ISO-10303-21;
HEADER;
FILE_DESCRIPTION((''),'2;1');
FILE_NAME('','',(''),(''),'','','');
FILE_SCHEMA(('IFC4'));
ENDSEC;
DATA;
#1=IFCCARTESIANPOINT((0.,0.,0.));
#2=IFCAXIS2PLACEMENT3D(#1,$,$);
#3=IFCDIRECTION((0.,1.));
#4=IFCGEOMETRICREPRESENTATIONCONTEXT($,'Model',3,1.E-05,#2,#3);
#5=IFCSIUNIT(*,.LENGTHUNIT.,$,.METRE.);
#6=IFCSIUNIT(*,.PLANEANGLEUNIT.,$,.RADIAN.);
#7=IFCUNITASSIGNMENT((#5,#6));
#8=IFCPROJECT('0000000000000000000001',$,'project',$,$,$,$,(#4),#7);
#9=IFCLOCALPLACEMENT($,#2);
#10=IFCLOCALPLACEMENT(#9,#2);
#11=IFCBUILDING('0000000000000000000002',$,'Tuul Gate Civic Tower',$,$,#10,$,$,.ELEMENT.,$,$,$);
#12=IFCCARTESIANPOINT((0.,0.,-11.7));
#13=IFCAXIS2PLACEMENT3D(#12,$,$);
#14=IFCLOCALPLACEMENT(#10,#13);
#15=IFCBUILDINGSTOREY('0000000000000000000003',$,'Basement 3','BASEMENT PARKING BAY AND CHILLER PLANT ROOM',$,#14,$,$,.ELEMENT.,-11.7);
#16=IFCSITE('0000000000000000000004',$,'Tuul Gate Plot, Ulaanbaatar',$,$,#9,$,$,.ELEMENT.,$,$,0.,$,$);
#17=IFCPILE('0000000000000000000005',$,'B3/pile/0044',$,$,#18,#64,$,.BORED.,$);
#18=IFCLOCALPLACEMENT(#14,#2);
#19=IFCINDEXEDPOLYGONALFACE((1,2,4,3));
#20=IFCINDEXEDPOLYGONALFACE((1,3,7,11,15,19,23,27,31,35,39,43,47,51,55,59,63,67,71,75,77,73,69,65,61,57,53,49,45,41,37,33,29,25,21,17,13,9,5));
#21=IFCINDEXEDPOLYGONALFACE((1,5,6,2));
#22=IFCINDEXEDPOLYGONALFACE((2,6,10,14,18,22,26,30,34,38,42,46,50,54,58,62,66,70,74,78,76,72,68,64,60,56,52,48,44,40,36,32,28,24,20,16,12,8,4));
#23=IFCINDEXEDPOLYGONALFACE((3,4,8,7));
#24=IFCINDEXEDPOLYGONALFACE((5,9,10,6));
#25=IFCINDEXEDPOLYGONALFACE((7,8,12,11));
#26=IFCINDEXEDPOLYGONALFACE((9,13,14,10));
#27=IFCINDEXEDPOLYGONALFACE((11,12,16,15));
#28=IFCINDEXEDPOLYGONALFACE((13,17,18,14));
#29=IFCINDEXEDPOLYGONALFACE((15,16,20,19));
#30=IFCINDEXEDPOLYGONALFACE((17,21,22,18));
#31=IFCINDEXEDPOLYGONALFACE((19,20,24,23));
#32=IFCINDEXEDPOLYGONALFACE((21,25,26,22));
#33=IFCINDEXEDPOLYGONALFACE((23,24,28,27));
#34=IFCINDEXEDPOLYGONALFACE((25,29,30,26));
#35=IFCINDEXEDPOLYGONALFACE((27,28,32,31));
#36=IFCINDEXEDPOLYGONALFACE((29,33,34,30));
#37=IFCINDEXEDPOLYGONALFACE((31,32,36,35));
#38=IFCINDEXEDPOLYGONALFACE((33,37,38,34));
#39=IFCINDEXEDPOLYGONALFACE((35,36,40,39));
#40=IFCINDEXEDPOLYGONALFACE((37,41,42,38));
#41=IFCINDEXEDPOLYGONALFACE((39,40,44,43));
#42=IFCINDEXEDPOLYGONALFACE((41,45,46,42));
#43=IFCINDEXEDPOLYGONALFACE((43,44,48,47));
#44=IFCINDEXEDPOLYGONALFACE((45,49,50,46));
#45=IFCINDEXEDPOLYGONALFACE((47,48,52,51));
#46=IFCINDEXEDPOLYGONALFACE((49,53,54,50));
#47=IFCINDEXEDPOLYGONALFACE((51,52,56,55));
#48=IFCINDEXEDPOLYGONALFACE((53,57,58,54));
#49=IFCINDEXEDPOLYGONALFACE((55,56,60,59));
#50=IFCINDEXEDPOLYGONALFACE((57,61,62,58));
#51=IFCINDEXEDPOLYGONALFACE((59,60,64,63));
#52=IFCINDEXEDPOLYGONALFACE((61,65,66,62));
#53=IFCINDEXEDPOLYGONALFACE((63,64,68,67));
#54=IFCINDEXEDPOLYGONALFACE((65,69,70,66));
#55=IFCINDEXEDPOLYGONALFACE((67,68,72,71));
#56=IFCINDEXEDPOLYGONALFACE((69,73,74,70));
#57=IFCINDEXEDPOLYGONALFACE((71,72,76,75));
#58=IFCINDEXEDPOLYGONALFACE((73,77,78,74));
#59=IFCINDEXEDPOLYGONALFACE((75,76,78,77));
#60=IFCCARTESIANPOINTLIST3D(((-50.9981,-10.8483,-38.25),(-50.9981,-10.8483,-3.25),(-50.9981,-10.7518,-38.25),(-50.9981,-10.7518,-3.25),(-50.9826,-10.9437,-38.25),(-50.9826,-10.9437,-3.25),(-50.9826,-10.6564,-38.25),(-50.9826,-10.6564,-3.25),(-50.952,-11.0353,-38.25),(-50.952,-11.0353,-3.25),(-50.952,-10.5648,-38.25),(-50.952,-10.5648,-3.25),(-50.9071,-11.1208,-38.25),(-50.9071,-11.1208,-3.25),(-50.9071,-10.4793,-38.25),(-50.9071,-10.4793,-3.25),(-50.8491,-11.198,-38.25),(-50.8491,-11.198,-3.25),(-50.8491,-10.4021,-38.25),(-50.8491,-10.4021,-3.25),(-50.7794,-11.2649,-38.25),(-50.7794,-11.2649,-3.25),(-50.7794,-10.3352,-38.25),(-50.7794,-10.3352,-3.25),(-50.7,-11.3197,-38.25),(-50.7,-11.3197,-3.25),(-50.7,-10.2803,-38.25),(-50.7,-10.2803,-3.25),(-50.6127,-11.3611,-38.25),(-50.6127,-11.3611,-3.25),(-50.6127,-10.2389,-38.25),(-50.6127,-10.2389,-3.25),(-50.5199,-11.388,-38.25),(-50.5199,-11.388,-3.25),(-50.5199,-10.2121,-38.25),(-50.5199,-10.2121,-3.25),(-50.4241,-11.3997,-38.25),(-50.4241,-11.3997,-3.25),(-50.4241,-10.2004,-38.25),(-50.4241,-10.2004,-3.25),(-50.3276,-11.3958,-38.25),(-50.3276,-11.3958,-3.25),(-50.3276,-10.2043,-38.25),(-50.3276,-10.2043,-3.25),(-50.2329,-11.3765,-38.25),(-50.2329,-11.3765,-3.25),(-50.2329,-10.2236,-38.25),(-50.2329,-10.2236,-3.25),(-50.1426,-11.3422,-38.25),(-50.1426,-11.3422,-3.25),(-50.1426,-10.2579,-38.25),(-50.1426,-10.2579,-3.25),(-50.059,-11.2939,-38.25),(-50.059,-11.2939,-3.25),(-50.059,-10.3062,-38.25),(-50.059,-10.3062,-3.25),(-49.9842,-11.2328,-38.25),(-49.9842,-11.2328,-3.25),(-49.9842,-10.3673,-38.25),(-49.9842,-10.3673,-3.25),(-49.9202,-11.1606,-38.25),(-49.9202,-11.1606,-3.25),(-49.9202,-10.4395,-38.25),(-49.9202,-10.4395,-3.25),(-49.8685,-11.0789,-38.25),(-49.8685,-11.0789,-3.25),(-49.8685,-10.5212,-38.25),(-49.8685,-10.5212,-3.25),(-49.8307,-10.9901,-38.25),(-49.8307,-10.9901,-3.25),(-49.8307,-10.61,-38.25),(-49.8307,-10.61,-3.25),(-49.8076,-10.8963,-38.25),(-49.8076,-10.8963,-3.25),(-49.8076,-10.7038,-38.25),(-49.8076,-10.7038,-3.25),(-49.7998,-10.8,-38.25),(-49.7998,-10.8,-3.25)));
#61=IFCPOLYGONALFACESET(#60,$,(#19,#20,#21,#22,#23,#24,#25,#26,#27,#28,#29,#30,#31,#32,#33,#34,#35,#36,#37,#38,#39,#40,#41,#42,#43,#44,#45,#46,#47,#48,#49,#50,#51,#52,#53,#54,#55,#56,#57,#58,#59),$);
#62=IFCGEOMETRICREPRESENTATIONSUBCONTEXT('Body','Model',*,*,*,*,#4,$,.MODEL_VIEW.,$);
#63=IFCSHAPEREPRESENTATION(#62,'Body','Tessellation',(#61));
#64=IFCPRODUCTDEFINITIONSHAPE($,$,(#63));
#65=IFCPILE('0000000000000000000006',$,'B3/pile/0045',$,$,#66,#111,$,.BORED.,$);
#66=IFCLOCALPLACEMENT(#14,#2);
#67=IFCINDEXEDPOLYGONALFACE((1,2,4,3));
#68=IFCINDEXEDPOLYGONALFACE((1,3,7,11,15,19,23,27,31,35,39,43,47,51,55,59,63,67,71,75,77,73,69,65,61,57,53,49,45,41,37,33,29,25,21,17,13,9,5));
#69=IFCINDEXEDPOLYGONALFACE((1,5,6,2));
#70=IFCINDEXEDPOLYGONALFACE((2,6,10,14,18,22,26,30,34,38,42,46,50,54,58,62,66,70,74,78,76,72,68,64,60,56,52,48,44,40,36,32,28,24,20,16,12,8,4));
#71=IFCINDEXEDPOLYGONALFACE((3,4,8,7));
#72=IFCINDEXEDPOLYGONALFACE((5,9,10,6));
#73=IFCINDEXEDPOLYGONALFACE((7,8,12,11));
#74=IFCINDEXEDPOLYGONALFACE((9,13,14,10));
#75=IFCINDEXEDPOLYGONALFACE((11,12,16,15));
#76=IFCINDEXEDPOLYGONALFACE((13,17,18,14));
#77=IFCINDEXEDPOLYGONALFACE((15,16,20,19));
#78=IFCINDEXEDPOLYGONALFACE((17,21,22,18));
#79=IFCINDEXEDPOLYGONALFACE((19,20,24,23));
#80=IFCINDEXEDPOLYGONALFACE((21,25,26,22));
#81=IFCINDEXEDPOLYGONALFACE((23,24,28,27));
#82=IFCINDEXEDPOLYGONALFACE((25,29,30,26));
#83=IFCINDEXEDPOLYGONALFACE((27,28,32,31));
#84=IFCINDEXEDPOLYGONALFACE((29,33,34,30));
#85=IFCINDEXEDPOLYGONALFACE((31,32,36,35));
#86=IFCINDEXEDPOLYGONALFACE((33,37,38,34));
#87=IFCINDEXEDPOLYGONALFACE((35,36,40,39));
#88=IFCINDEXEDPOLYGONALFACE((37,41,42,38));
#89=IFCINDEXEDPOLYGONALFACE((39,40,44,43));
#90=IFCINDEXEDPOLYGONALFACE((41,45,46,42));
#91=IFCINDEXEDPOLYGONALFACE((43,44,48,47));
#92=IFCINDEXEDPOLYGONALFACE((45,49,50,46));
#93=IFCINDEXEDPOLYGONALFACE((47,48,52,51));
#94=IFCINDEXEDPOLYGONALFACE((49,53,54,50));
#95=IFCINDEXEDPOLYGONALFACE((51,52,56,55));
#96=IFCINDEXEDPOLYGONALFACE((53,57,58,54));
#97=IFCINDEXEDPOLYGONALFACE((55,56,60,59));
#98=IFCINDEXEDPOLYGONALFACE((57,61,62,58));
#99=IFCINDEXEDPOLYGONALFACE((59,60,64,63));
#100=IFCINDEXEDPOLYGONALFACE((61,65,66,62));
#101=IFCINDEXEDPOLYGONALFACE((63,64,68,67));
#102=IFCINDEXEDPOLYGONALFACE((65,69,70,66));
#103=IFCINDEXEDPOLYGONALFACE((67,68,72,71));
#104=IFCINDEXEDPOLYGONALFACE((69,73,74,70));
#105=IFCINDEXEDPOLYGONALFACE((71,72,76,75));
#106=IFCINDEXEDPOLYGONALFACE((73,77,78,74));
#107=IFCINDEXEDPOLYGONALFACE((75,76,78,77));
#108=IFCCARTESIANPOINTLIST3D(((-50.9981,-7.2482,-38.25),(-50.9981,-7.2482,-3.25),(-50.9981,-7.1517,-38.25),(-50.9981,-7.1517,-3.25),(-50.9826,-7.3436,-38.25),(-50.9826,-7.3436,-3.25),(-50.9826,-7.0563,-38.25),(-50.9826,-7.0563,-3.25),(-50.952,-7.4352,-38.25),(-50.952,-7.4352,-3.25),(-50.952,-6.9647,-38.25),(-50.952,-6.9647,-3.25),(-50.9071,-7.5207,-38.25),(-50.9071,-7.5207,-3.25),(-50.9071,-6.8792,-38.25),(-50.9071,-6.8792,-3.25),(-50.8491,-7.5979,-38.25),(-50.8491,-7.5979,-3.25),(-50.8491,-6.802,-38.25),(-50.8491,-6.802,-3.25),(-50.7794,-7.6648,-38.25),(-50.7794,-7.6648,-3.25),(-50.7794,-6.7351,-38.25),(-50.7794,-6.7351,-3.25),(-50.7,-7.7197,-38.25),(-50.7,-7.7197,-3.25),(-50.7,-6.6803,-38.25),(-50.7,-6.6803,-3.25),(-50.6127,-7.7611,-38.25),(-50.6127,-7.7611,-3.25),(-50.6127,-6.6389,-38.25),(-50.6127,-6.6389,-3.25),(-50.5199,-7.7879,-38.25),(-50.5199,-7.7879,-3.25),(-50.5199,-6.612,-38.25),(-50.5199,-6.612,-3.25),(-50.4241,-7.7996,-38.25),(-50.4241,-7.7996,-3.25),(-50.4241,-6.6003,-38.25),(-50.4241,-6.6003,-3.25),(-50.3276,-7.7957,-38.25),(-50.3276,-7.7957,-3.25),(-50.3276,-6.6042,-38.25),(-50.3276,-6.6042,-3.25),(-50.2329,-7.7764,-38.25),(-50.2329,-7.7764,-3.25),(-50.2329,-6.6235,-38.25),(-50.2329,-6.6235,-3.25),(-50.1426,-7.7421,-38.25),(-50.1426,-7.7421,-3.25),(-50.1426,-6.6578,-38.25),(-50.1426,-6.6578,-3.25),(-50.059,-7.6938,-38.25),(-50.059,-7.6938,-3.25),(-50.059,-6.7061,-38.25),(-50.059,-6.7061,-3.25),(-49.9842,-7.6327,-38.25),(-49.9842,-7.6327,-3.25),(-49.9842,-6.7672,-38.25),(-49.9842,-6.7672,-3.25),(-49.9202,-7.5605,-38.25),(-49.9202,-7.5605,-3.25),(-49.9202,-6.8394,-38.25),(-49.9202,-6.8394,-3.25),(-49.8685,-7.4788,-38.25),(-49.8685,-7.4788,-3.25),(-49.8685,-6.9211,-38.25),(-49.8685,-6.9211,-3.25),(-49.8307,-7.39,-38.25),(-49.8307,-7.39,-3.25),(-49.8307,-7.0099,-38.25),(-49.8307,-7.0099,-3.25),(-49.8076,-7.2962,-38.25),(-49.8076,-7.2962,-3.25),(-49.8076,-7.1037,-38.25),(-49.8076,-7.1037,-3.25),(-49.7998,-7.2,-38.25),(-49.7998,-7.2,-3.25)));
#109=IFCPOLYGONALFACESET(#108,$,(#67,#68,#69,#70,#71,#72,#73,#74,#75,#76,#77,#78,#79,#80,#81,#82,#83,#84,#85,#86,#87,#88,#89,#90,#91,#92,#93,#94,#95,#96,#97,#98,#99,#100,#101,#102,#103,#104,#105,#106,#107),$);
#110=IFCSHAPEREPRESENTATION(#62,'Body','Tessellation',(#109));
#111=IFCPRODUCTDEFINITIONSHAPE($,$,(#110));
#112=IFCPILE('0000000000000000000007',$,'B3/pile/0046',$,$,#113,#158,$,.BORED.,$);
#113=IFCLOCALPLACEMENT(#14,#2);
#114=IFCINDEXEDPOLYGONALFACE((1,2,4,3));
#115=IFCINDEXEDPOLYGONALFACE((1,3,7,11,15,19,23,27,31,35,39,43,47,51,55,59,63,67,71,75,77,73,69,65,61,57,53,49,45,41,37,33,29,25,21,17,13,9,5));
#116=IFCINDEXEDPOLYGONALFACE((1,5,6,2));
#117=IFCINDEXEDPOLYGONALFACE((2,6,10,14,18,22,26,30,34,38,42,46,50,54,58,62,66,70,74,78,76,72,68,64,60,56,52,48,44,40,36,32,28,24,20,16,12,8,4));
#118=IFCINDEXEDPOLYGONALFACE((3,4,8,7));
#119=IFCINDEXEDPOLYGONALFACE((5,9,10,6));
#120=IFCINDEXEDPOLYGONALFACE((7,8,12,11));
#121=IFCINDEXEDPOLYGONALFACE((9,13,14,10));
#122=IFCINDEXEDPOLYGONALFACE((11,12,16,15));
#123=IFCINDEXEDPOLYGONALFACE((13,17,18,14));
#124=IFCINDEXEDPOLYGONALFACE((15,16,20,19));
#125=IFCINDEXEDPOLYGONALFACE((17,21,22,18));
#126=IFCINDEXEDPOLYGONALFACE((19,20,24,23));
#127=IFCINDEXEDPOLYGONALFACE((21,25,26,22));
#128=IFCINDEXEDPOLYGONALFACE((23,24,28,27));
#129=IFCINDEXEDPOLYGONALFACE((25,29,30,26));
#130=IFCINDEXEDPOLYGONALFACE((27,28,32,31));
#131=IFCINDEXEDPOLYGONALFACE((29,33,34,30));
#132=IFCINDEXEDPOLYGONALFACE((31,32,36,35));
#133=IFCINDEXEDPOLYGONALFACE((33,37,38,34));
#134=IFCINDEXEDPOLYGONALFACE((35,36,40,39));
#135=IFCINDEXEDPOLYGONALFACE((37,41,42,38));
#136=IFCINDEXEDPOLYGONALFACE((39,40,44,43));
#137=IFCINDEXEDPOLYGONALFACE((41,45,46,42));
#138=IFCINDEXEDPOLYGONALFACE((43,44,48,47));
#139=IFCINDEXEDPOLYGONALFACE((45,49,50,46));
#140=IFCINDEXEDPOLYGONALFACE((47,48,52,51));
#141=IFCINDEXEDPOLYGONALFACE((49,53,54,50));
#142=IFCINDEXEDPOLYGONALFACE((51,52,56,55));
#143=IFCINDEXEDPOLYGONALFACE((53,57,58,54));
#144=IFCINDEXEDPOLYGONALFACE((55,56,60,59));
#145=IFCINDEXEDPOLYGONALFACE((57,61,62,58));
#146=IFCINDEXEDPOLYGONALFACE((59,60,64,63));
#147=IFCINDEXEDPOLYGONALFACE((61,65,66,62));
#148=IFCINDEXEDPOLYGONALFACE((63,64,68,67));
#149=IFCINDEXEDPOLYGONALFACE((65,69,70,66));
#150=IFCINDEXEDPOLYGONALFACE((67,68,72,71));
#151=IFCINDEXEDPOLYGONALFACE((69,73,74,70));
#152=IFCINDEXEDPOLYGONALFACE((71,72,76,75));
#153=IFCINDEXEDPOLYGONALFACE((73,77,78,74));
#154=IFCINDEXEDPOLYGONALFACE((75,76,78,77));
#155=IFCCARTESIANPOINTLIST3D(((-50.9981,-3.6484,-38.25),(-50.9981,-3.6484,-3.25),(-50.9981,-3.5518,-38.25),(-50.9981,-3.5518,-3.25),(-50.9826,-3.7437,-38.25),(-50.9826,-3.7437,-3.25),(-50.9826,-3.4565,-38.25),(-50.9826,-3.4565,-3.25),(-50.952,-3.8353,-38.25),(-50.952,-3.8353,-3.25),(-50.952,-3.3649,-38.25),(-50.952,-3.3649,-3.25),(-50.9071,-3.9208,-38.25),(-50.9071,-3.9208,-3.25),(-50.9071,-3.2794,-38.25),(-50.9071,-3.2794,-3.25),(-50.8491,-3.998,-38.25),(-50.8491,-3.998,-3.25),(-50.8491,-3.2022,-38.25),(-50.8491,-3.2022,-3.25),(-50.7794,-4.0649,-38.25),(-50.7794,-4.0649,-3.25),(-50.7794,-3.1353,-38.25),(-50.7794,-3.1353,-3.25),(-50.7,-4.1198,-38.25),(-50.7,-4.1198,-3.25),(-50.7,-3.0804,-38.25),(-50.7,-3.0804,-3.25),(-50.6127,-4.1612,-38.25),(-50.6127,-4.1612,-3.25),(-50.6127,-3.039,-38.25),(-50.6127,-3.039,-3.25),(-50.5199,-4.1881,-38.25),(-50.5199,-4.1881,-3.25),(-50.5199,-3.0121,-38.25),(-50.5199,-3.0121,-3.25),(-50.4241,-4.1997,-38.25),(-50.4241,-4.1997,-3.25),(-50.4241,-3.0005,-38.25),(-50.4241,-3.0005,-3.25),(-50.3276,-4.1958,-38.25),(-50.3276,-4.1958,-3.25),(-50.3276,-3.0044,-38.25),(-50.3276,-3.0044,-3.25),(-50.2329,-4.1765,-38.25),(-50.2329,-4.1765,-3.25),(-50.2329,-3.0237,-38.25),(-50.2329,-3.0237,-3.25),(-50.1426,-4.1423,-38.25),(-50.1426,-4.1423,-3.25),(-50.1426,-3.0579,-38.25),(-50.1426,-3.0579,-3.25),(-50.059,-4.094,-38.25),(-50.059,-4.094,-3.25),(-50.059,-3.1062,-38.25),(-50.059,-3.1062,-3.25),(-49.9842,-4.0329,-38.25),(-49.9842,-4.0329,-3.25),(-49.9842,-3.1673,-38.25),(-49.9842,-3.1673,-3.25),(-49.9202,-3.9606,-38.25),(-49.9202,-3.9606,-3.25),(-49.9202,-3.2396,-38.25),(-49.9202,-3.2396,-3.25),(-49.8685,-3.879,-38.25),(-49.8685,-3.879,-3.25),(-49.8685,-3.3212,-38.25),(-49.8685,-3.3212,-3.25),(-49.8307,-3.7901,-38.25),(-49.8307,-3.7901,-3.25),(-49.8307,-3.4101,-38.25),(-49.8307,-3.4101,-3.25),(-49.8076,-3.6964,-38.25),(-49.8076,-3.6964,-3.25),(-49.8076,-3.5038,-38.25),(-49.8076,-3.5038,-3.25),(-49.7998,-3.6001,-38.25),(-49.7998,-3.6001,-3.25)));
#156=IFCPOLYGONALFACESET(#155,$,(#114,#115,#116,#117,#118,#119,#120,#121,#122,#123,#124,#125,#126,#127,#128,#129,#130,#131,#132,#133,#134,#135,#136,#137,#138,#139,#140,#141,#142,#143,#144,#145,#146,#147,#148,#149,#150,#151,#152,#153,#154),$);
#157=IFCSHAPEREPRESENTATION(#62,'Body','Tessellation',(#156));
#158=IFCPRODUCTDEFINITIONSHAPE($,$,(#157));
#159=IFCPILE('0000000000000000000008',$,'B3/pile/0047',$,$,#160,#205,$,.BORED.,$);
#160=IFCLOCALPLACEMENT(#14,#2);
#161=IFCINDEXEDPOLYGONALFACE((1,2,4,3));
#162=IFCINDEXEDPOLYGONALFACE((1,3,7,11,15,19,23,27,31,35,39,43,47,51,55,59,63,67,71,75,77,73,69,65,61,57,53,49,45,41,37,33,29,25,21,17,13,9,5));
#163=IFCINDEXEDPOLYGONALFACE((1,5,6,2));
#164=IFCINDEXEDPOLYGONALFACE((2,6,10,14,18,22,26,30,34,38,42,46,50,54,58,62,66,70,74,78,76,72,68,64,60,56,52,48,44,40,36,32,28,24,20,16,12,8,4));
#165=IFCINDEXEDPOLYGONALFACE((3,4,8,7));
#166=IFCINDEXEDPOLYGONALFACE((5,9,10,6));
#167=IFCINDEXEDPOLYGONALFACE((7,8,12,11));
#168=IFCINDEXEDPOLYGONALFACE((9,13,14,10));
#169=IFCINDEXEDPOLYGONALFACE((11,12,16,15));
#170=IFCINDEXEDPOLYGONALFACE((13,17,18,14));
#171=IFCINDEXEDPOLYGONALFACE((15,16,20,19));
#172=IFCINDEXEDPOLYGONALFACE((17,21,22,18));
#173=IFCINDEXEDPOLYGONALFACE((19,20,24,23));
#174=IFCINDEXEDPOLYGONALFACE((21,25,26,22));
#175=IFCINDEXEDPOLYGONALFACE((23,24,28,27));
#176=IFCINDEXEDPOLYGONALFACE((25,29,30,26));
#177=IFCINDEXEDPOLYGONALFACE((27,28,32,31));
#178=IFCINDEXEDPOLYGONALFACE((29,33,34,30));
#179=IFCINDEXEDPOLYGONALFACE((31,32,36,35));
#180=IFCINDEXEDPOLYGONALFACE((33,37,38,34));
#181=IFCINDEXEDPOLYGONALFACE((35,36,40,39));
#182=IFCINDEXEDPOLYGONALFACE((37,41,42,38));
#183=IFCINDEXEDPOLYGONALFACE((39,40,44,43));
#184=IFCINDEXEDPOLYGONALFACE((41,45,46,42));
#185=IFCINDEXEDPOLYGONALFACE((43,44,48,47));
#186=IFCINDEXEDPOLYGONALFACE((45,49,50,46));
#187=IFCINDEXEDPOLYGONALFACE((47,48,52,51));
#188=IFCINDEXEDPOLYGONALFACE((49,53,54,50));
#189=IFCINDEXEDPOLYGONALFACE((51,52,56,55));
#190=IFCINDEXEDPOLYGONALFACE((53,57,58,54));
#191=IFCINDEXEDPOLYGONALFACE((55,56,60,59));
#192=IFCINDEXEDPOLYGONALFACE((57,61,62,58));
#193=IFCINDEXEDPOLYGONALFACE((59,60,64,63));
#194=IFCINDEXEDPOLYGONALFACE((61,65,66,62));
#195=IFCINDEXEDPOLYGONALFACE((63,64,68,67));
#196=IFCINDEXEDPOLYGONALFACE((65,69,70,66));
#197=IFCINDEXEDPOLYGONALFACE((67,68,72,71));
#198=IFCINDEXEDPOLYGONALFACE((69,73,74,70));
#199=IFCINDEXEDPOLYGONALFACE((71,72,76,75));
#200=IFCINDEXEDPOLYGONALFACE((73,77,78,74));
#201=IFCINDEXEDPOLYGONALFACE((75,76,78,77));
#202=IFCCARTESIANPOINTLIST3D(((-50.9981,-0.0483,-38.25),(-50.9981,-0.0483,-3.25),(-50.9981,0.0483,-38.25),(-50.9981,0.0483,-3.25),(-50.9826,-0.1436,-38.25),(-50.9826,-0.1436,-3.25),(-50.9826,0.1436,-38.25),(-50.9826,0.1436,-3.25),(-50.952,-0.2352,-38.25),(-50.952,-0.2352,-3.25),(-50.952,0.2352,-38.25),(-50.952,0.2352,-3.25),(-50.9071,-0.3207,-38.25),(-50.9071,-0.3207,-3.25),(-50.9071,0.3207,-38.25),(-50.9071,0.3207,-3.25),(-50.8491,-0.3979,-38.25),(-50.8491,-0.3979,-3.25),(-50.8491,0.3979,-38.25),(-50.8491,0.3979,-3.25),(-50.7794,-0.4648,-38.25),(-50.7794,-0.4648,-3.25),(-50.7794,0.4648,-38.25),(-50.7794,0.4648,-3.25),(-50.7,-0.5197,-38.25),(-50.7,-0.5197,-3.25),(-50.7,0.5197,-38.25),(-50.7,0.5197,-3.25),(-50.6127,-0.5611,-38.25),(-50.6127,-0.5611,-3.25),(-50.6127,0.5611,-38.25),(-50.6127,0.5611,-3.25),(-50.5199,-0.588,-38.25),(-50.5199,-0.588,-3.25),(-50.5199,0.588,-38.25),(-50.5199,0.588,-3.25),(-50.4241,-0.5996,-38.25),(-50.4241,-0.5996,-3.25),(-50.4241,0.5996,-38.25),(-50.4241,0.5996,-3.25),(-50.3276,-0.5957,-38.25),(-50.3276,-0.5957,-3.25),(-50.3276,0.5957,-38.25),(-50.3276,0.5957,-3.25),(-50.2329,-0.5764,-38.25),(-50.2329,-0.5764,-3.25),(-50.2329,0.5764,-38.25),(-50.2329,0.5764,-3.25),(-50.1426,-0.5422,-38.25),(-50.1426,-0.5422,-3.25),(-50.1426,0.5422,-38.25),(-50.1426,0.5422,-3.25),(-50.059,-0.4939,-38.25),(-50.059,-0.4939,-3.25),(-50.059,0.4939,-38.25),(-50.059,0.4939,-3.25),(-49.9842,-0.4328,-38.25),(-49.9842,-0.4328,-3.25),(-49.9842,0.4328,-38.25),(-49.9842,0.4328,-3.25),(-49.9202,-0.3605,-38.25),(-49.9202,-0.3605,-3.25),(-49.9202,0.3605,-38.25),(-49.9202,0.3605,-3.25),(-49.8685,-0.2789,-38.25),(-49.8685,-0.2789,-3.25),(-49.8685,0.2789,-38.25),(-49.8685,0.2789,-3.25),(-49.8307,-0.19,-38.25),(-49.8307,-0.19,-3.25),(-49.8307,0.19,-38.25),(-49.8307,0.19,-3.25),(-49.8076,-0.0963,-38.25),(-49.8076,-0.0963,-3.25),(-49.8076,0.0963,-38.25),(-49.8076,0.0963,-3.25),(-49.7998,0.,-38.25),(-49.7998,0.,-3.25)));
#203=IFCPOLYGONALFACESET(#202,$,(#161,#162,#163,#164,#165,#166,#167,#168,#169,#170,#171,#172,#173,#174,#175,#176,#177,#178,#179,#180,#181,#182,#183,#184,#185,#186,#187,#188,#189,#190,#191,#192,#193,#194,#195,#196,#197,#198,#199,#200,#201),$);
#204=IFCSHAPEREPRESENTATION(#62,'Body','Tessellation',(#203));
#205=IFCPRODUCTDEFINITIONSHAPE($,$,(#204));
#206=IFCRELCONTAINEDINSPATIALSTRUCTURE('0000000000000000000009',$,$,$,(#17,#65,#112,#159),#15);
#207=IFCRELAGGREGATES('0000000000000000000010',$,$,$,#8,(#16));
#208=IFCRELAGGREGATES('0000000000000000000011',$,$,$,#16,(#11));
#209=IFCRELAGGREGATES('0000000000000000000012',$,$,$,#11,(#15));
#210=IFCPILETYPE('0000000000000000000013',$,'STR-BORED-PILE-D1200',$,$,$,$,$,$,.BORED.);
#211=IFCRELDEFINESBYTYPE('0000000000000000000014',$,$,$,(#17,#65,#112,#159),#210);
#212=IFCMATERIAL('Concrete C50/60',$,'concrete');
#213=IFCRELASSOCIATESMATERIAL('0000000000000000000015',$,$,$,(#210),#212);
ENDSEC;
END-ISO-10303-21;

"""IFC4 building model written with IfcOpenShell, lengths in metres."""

from ifc_helpers import new_model, si_unit, direction, frame, origin, origin_2d, place, context, subcontext, project, spatial, circle, extrude, material, material_profile, profile_set, type_object, element, save


model = new_model("IFC4")

# Units and contexts
model_context = context("Model", 3, precision=1e-05, world=origin(), true_north=direction((0.0, 1.0)))
body_context = subcontext(model_context, "Body", "Model", "MODEL_VIEW")
ifc_project = project(units=[si_unit("LENGTHUNIT", "METRE"), si_unit("PLANEANGLEUNIT", "RADIAN")], contexts=[model_context])

# Site, building, storey
site_placement = place(None, origin())
site = spatial("IfcSite", under=ifc_project, at=site_placement, Name="Tuul Gate Plot, Ulaanbaatar", CompositionType="ELEMENT", RefElevation=0.0)
building_placement = place(site_placement, origin())
building = spatial("IfcBuilding", under=site, at=building_placement, Name="Tuul Gate Civic Tower", CompositionType="ELEMENT")
storey_placement = place(building_placement, frame((0.0, 0.0, -11.7)))
storey = spatial("IfcBuildingStorey", under=building, at=storey_placement, Name="Basement 3", Description="BASEMENT PARKING BAY AND CHILLER PLANT ROOM", CompositionType="ELEMENT", Elevation=-11.7)

# Piles
ifc_material_1 = material(Name="Concrete C50/60", Category="concrete")
ifc_material_profile_1 = material_profile(ifc_material_1, circle(Radius=0.6001, at=origin_2d()), Name="PILE1200")
ifc_profile_set_1 = profile_set([ifc_material_profile_1], Name="Concrete C50/60")
pile_type = type_object("IfcPileType", Name="STR-BORED-PILE-D1200", PredefinedType="BORED", material=ifc_profile_set_1)
for number, where, z_axis, x_axis, name in (
    (1, (-50.3999, -10.8, -3.25), (0.0, 0.0, -1.0), (1.0, 0.0, 0.0), "B3/pile/0044"),
    (2, (-50.3999, -7.2, -3.25), (0.0, 0.0, -1.0), (1.0, 0.0, 0.0), "B3/pile/0045"),
    (3, (-50.3999, -3.6001, -3.25), (0.0, 0.0, -1.0), (1.0, 0.0, 0.0), "B3/pile/0046"),
    (4, (-50.3999, 0.0, -3.25), (0.0, 0.0, -1.0), (1.0, 0.0, 0.0), "B3/pile/0047"),
):
    element("IfcPile", number, at=place(storey_placement, frame(where, z_axis=z_axis, x_axis=x_axis)), inside=storey, type_object=pile_type, Name=name, PredefinedType="BORED", context=body_context, shape_type="SweptSolid", body=[
        extrude(circle(Radius=0.6001, at=origin_2d()), origin(), (0.0, 0.0, 1.0), 35.0),
    ])

save(model, "model.ifc")
